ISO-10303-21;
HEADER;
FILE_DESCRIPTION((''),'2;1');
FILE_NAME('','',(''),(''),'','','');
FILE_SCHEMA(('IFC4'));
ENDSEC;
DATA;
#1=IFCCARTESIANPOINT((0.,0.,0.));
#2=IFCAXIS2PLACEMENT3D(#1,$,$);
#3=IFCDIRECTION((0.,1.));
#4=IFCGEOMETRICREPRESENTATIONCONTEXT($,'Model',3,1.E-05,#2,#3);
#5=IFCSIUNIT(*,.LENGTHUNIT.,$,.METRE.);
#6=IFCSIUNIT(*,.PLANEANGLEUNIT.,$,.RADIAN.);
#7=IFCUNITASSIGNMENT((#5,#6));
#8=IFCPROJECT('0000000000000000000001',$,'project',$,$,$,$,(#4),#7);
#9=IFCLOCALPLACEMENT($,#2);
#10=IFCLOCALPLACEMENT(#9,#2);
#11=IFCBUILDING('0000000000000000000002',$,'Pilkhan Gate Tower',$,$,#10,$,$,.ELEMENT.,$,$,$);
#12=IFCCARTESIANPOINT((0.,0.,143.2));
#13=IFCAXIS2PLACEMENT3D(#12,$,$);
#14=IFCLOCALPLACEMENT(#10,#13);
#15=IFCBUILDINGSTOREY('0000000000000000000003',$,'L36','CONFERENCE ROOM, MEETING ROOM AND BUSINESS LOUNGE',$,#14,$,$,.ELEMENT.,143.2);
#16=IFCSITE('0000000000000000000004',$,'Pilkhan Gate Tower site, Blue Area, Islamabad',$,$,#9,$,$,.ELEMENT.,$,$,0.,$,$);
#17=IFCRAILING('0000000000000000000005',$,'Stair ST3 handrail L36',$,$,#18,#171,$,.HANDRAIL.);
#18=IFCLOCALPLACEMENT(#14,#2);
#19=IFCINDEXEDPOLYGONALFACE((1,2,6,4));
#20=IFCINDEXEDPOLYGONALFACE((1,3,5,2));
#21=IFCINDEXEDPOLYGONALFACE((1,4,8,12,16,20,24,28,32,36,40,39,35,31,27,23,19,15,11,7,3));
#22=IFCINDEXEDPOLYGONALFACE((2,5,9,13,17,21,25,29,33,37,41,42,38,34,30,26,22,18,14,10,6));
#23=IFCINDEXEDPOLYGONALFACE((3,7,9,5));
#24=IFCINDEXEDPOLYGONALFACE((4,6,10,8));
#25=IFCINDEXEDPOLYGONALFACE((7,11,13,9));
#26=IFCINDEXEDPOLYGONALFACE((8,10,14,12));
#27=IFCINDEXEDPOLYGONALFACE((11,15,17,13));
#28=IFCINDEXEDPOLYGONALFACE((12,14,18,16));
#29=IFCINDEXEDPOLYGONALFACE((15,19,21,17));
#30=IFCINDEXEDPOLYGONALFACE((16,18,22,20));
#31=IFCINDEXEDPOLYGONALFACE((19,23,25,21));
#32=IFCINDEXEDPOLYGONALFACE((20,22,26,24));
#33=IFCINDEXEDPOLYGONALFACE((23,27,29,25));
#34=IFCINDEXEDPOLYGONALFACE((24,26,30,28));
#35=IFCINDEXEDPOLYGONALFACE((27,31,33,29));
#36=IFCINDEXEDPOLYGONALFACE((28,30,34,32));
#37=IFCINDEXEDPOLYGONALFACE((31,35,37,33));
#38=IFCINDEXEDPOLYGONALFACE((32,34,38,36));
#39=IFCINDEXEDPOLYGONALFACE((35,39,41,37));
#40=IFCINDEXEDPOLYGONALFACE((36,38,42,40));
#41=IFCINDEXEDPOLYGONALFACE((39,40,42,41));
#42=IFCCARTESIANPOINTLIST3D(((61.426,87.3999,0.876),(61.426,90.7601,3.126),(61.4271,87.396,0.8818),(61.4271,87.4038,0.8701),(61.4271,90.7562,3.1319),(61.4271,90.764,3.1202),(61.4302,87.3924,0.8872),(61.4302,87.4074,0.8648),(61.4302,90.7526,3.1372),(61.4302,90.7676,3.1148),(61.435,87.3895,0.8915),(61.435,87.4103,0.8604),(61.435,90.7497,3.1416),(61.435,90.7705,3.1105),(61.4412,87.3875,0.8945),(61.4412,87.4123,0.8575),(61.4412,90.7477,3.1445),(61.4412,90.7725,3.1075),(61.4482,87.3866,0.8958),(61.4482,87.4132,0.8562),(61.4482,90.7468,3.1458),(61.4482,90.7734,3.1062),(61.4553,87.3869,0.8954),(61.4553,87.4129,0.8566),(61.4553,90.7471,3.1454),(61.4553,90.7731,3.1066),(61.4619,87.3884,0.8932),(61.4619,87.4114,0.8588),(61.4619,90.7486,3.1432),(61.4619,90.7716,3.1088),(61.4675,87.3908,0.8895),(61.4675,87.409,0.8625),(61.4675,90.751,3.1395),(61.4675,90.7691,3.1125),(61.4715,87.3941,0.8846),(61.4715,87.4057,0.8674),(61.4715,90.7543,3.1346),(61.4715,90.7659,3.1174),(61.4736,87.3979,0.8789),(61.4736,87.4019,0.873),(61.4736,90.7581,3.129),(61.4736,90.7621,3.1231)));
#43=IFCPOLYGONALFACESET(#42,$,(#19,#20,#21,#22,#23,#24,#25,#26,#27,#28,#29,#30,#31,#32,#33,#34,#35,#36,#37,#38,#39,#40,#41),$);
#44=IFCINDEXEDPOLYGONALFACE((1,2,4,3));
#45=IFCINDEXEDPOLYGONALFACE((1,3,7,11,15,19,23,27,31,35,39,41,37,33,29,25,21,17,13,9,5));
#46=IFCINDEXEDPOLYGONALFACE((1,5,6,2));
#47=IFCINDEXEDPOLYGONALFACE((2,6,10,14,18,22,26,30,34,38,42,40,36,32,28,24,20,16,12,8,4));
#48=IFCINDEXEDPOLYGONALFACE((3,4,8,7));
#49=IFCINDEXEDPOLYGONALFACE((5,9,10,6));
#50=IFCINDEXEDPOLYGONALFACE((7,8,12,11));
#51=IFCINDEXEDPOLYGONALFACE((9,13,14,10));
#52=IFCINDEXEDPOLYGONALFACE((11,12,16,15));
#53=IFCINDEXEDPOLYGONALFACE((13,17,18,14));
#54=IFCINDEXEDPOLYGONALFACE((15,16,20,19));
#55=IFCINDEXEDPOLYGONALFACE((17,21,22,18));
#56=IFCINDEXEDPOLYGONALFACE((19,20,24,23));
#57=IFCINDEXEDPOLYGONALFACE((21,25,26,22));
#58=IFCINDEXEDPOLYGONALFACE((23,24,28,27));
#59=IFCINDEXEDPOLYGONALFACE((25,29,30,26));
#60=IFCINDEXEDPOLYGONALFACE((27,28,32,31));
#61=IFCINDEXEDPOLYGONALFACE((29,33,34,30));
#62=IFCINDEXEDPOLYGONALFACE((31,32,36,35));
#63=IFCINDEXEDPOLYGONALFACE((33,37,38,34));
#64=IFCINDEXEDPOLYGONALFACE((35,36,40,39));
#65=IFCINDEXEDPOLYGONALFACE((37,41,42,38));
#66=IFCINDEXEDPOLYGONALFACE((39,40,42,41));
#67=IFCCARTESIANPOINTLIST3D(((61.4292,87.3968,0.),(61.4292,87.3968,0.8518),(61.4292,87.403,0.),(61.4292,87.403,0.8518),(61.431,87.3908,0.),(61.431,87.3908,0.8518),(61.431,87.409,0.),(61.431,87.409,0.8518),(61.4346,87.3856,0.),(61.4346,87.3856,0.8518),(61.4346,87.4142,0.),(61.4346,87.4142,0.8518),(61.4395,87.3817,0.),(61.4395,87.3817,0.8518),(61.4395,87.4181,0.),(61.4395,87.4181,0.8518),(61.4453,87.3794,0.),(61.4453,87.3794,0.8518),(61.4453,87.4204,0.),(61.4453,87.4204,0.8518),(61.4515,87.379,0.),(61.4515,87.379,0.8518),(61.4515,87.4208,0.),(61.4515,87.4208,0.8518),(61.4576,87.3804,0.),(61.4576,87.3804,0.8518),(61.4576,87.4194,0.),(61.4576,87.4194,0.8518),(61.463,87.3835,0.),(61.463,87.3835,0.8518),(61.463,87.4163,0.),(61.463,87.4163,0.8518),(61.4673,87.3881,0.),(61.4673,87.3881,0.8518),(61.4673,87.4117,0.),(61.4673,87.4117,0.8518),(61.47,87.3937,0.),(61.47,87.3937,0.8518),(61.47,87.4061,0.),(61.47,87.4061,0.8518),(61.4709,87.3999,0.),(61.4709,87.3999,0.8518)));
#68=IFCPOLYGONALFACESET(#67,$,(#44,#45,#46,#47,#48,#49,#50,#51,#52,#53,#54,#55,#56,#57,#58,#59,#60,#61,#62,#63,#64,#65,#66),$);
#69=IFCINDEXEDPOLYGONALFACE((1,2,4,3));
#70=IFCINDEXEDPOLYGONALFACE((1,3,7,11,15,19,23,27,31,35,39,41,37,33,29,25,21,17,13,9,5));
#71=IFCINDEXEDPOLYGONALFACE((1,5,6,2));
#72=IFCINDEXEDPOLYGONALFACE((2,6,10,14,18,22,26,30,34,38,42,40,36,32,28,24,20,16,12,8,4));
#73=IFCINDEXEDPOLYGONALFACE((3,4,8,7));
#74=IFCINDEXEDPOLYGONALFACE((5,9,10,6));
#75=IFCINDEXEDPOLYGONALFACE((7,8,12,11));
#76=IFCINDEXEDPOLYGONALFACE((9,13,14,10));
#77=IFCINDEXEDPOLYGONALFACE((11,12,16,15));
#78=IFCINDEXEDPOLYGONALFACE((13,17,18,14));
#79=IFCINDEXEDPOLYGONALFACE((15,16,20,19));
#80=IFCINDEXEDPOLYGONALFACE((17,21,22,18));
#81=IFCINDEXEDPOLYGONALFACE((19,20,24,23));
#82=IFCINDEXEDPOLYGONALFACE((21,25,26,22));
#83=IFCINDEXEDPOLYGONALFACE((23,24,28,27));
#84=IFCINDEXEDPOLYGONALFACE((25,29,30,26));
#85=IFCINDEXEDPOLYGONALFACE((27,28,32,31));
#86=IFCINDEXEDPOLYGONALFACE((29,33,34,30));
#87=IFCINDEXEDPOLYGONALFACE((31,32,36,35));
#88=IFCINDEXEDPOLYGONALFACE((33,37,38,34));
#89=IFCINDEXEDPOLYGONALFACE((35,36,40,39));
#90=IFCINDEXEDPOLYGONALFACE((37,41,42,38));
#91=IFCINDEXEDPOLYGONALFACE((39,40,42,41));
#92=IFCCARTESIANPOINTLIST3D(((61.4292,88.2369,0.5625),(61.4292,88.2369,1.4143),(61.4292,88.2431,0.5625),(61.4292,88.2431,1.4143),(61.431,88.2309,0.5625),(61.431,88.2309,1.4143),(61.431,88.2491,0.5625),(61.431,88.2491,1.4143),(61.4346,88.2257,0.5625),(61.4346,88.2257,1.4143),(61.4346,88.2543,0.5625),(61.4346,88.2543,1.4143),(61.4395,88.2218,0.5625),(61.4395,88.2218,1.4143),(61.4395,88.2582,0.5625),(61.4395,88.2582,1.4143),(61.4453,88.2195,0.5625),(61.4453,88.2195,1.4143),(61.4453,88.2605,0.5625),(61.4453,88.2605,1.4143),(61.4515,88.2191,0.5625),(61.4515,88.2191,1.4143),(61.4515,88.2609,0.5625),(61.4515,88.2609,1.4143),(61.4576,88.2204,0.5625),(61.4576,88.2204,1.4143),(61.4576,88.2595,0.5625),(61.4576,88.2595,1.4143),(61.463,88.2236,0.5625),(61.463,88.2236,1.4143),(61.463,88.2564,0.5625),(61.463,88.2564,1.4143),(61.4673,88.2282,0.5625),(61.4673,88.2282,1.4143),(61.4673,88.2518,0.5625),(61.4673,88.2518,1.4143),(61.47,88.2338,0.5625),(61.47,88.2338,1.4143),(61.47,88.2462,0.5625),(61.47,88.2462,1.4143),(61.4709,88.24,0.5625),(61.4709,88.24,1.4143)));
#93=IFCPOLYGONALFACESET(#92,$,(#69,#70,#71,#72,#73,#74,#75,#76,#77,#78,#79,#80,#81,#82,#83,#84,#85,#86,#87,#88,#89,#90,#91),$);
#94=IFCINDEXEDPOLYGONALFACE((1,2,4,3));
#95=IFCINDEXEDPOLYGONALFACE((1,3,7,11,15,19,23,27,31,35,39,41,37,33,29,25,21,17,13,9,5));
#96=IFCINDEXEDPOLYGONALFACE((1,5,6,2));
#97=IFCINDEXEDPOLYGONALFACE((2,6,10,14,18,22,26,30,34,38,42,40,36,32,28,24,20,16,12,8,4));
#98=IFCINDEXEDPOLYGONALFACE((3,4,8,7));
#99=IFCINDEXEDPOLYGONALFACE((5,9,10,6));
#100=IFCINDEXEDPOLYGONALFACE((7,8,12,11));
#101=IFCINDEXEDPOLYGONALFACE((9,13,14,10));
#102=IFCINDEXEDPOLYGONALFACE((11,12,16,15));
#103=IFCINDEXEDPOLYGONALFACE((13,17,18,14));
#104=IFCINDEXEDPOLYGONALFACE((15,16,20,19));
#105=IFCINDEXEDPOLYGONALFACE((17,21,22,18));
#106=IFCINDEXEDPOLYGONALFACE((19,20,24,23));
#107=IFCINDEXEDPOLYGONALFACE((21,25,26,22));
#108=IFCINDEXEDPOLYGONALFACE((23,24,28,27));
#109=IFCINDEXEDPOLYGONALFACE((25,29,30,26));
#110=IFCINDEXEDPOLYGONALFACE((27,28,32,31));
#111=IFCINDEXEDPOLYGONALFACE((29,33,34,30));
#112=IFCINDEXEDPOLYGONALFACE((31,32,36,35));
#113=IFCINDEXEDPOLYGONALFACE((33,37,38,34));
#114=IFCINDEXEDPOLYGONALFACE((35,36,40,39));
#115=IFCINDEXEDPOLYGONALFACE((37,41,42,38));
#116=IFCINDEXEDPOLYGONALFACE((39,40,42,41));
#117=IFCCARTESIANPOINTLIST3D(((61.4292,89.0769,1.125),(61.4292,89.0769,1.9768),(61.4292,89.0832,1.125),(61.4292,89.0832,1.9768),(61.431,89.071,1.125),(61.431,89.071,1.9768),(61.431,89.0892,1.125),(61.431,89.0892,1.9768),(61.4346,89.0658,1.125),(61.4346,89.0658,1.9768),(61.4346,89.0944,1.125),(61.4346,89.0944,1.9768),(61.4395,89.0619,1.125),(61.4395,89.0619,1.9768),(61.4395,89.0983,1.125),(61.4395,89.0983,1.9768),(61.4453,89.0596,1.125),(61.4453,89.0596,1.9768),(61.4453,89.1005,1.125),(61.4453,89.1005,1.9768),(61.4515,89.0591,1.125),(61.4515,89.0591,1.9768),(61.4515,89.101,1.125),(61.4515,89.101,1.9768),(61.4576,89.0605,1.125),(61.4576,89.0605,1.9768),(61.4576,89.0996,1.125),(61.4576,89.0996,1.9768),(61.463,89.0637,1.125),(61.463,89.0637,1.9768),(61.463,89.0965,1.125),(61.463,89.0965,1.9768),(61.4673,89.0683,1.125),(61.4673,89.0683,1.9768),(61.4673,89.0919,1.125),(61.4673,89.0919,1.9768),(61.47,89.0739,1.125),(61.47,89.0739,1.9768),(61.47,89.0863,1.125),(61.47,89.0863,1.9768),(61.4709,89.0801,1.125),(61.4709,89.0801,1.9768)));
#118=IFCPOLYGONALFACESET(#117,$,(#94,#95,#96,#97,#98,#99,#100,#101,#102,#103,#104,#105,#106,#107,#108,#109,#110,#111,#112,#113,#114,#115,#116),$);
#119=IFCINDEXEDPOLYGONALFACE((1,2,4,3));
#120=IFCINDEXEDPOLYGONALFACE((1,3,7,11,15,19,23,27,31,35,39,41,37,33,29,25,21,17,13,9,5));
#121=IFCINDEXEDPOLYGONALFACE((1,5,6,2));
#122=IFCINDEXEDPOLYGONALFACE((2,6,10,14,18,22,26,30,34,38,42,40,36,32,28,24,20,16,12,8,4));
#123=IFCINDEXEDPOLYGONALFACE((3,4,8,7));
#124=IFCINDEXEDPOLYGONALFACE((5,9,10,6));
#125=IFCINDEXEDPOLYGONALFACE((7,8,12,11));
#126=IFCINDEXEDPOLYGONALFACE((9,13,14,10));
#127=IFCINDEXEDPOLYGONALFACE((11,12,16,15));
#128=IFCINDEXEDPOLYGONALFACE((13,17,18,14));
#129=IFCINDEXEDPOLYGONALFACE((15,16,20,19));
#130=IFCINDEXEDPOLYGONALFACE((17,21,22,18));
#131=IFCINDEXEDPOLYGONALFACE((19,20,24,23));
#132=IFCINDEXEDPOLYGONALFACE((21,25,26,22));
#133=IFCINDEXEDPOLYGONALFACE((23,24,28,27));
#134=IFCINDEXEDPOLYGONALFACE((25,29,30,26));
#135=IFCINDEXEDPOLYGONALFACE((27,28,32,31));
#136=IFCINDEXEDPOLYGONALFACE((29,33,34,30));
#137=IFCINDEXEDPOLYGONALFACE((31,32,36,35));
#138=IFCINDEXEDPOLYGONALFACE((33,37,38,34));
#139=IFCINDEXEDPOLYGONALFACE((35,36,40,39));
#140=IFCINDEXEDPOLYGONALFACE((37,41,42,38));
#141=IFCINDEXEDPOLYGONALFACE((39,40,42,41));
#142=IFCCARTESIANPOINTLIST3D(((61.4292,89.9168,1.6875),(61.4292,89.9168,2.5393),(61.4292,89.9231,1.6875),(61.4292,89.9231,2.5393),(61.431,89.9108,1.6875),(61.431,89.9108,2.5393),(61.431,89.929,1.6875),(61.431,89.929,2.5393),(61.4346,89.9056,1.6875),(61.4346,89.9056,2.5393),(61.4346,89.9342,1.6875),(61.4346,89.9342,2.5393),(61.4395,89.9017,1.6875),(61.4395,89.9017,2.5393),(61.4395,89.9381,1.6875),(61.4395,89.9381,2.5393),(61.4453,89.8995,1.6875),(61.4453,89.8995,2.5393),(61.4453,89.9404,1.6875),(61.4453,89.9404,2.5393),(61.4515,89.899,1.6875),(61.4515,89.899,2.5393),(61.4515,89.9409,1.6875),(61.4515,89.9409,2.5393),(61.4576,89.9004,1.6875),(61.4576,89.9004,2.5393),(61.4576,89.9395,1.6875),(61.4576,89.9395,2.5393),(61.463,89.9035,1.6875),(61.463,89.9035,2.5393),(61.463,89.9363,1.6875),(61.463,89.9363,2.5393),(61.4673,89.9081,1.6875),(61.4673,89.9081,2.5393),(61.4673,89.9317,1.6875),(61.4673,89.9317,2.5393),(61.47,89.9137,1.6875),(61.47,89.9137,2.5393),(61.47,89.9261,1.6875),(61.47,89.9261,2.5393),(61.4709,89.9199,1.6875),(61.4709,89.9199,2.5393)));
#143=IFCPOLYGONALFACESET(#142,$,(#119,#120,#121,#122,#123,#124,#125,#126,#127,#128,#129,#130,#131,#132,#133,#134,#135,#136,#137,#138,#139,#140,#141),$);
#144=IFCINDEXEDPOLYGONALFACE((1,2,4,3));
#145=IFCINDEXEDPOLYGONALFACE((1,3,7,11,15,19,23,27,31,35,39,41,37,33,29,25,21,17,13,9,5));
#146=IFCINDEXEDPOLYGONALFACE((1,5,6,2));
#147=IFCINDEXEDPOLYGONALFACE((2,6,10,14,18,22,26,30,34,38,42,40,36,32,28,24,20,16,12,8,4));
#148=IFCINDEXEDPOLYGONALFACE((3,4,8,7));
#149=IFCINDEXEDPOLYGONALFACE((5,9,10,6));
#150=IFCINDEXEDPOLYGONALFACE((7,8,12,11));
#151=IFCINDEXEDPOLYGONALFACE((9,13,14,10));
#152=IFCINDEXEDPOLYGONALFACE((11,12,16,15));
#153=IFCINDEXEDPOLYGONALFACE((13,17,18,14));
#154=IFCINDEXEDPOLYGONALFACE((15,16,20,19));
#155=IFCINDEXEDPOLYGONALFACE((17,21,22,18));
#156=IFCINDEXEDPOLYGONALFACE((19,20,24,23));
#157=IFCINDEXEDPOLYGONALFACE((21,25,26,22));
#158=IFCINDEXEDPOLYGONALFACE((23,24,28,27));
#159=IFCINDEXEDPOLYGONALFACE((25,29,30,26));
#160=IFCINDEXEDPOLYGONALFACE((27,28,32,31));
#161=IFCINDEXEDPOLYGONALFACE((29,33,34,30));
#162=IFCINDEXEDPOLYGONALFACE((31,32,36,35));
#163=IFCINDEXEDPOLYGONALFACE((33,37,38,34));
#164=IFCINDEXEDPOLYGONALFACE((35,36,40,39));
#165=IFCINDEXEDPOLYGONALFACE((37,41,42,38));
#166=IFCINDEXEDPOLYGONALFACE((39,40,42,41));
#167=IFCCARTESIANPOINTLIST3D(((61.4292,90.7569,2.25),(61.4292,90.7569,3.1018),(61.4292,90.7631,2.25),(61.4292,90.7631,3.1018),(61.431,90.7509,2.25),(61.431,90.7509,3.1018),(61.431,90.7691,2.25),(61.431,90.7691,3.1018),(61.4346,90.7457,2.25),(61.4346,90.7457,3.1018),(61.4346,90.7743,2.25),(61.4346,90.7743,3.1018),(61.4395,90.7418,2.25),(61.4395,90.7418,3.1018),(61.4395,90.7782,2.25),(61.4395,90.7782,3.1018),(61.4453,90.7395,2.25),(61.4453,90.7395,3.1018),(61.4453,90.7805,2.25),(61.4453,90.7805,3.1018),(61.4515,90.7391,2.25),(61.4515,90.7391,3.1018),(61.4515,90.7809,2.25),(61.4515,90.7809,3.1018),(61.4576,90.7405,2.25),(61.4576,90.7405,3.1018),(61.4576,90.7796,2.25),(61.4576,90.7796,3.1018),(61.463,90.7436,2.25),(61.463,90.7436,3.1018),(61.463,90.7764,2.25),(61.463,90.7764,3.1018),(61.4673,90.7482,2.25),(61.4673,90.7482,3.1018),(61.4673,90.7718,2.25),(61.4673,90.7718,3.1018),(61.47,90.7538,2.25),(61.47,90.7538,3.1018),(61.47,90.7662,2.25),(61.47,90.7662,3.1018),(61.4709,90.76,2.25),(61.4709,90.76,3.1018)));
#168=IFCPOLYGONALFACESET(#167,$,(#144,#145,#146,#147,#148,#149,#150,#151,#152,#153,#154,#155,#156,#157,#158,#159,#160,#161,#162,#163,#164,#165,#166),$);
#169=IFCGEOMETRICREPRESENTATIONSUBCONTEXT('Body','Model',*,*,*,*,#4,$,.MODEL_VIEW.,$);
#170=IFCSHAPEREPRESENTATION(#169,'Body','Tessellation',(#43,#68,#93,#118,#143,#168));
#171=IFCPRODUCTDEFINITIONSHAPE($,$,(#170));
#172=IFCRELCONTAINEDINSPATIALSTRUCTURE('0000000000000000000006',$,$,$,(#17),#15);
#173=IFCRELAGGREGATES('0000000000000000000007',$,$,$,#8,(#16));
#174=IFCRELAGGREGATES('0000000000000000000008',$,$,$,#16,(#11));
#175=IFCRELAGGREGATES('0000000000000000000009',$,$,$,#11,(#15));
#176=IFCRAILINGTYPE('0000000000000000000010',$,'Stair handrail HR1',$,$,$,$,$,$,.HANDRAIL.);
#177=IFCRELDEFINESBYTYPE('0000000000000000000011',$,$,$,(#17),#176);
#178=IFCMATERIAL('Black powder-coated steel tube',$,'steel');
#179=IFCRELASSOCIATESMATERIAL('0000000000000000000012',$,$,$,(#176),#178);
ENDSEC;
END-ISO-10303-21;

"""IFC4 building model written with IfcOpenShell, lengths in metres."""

from ifc_helpers import new_model, si_unit, direction, frame, origin, origin_2d, place, context, subcontext, project, spatial, circle, extrude, material, type_object, element, save


model = new_model("IFC4")

# Units and contexts
model_context = context("Model", 3, precision=1e-05, world=origin(), true_north=direction((0.0, 1.0)))
body_context = subcontext(model_context, "Body", "Model", "MODEL_VIEW")
ifc_project = project(units=[si_unit("LENGTHUNIT", "METRE"), si_unit("PLANEANGLEUNIT", "RADIAN")], contexts=[model_context])

# Site, building, storey
site_placement = place(None, origin())
site = spatial("IfcSite", under=ifc_project, at=site_placement, Name="Pilkhan Gate Tower site, Blue Area, Islamabad", CompositionType="ELEMENT", RefElevation=0.0)
building_placement = place(site_placement, origin())
building = spatial("IfcBuilding", under=site, at=building_placement, Name="Pilkhan Gate Tower", CompositionType="ELEMENT")
storey_placement = place(building_placement, frame((0.0, 0.0, 143.2)))
storey = spatial("IfcBuildingStorey", under=building, at=storey_placement, Name="L36", Description="CONFERENCE ROOM, MEETING ROOM AND BUSINESS LOUNGE", CompositionType="ELEMENT", Elevation=143.2)

# Railing
ifc_material_1 = material(Name="Black powder-coated steel tube", Category="steel")
railing_type_1 = type_object("IfcRailingType", Name="Stair handrail HR1", PredefinedType="HANDRAIL", material=ifc_material_1)
railing_1_placement = place(storey_placement, frame((61.45, 87.3999, 0.0)))
element("IfcRailing", 1, at=railing_1_placement, inside=storey, type_object=railing_type_1, Name="Stair ST3 handrail L36", PredefinedType="HANDRAIL", context=body_context, shape_type="SweptSolid", body=[
    extrude(circle(Radius=0.0239, at=origin_2d()), frame((0.0, 0.0, 0.876), z_axis=(0.0, 0.830915, 0.556399), x_axis=(-1.0, 0.0, 0.0)), (0.0, 0.0, 1.0), 4.0439),
    extrude(circle(Radius=0.021, at=origin_2d()), origin(), (0.0, 0.0, 1.0), 0.8518),
    extrude(circle(Radius=0.021, at=origin_2d()), frame((0.0, 0.8401, 0.5625)), (0.0, 0.0, 1.0), 0.8518),
    extrude(circle(Radius=0.021, at=origin_2d()), frame((0.0, 1.6802, 1.125)), (0.0, 0.0, 1.0), 0.8518),
    extrude(circle(Radius=0.021, at=origin_2d()), frame((0.0, 2.52, 1.6875)), (0.0, 0.0, 1.0), 0.8518),
    extrude(circle(Radius=0.021, at=origin_2d()), frame((0.0, 3.3601, 2.25)), (0.0, 0.0, 1.0), 0.8518),
])

save(model, "model.ifc")
